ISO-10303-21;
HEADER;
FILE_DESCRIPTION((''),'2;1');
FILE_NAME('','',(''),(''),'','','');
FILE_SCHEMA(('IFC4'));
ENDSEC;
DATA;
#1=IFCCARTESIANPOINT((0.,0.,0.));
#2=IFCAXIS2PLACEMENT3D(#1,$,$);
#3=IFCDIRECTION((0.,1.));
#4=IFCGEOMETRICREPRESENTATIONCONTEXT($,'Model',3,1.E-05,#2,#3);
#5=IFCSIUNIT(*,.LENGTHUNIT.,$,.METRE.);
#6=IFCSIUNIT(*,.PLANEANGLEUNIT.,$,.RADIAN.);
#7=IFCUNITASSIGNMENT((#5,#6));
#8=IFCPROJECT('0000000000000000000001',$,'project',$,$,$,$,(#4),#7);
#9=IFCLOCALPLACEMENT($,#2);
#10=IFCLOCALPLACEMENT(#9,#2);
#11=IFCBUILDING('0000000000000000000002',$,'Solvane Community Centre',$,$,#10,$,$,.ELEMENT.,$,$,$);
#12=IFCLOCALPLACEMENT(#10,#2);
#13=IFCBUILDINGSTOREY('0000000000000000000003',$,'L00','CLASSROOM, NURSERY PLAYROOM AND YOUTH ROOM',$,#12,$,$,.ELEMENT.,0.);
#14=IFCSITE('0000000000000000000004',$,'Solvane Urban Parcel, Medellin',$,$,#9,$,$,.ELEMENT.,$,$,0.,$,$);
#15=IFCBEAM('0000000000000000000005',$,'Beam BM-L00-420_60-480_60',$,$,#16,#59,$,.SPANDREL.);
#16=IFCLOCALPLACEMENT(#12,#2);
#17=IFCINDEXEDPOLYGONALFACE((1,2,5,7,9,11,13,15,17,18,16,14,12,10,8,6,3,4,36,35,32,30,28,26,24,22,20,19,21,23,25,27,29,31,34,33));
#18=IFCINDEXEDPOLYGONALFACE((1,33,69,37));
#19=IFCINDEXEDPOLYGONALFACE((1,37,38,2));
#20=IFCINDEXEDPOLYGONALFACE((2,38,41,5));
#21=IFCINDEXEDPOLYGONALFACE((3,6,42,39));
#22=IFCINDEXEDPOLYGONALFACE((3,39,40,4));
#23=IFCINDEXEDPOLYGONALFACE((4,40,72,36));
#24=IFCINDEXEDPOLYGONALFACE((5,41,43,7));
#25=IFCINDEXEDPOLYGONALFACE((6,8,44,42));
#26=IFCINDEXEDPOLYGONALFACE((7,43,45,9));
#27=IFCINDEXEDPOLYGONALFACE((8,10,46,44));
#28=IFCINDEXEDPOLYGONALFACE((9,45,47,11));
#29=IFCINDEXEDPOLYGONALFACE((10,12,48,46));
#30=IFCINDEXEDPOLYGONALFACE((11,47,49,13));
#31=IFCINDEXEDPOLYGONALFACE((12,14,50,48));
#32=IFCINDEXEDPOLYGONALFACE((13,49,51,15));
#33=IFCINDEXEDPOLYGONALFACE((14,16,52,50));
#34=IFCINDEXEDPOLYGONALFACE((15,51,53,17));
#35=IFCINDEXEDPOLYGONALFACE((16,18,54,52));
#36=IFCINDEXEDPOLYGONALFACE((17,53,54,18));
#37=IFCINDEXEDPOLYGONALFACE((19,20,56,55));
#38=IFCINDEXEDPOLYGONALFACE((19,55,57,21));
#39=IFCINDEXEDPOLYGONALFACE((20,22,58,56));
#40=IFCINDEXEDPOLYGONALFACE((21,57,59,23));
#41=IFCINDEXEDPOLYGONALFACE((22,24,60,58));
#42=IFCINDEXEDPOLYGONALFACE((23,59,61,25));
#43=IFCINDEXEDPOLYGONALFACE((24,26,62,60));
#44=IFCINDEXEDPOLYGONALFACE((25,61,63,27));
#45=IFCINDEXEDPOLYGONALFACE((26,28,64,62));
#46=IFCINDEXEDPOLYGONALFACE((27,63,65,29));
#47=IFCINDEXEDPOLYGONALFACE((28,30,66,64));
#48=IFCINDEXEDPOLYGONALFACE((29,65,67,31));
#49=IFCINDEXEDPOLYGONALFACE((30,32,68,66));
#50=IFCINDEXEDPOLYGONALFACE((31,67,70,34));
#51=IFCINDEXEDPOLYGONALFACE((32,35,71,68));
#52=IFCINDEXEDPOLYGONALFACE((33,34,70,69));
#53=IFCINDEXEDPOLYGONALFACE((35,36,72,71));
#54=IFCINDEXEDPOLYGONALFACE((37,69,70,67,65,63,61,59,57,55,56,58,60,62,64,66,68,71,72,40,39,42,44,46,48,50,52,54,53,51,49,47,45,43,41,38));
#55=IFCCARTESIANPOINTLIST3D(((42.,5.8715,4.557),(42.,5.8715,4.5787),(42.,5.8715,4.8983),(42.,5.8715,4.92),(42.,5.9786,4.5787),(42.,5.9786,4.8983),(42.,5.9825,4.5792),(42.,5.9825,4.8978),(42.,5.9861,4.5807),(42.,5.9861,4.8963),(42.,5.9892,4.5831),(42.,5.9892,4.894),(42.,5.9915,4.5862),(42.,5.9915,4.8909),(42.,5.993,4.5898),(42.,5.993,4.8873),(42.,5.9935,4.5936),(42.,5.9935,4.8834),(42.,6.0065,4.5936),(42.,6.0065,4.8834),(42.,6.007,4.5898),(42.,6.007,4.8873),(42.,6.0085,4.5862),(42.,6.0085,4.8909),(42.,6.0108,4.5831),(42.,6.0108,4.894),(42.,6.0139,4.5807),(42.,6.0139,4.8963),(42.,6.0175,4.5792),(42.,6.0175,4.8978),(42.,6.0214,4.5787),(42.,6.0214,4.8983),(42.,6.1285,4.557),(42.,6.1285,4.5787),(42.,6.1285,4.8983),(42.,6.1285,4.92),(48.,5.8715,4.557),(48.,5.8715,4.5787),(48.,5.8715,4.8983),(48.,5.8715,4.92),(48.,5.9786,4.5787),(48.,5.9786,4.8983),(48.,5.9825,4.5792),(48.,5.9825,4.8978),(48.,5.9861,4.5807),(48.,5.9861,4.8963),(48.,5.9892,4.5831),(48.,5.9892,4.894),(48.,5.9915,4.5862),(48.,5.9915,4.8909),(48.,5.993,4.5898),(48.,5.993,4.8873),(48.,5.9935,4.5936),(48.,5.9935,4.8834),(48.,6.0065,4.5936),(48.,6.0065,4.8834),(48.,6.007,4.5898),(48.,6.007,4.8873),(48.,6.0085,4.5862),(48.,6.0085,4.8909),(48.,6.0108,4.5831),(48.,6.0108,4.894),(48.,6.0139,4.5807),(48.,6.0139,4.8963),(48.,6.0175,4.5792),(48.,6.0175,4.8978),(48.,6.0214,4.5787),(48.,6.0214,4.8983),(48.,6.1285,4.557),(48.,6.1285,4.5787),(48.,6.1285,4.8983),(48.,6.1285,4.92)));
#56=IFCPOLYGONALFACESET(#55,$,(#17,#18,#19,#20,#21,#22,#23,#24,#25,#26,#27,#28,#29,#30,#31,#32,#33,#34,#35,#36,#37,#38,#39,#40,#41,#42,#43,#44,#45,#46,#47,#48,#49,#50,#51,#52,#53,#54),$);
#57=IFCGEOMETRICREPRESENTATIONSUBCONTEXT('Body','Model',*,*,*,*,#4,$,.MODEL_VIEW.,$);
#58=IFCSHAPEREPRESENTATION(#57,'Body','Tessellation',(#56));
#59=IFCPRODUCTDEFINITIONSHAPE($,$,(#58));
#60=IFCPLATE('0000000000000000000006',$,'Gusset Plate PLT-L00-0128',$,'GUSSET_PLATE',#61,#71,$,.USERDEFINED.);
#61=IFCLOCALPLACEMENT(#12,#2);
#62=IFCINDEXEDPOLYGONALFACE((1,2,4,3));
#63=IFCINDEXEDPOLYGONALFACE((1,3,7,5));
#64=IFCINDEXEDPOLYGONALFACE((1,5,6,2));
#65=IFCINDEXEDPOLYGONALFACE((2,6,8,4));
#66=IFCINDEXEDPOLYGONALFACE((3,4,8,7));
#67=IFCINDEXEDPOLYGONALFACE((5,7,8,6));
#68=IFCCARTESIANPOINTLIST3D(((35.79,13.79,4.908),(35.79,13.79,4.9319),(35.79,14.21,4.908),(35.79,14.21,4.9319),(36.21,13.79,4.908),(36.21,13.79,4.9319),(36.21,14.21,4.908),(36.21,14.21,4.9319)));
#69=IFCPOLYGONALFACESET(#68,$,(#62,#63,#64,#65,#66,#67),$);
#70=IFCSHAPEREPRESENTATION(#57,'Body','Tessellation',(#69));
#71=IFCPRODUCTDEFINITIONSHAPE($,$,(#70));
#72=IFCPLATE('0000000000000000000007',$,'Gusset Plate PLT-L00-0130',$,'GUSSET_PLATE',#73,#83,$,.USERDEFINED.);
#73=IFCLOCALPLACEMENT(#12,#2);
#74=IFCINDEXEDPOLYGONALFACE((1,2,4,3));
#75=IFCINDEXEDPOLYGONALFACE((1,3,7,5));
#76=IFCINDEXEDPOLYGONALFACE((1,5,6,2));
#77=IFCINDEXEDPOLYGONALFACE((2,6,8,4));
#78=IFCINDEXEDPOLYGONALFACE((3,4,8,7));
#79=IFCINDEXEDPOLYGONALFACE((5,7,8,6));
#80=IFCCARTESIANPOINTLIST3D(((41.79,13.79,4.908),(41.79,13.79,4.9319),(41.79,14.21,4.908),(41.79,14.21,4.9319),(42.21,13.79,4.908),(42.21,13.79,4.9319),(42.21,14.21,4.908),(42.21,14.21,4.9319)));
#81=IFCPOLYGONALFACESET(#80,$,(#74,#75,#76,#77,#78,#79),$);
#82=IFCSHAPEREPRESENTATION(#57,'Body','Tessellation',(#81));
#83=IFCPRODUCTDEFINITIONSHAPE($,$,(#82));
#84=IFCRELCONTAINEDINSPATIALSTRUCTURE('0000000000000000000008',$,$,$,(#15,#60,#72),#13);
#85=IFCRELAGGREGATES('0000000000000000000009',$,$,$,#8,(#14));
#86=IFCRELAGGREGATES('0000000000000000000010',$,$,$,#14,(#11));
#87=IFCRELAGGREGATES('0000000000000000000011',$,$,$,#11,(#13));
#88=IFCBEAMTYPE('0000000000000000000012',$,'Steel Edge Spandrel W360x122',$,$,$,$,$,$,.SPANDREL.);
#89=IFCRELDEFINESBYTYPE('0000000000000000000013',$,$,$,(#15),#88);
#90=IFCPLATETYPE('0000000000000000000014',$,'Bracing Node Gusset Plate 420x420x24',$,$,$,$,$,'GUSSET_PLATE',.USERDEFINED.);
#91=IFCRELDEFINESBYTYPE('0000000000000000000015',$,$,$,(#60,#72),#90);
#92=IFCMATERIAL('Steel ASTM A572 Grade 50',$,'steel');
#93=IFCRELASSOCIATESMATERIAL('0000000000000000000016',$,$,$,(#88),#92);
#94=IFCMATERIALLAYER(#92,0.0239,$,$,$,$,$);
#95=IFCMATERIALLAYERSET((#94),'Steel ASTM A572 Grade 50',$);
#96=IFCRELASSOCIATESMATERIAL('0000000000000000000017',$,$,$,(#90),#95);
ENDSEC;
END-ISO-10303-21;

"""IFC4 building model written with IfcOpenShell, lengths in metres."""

from ifc_helpers import new_model, si_unit, direction, frame, origin, origin_2d, place, context, subcontext, project, spatial, rectangle, i_section, extrude, material, layer, layer_set, material_profile, profile_set, type_object, element, save


model = new_model("IFC4")

# Units and contexts
model_context = context("Model", 3, precision=1e-05, world=origin(), true_north=direction((0.0, 1.0)))
body_context = subcontext(model_context, "Body", "Model", "MODEL_VIEW")
ifc_project = project(units=[si_unit("LENGTHUNIT", "METRE"), si_unit("PLANEANGLEUNIT", "RADIAN")], contexts=[model_context])

# Site, building, storey
site_placement = place(None, origin())
site = spatial("IfcSite", under=ifc_project, at=site_placement, Name="Solvane Urban Parcel, Medellin", CompositionType="ELEMENT", RefElevation=0.0)
building_placement = place(site_placement, origin())
building = spatial("IfcBuilding", under=site, at=building_placement, Name="Solvane Community Centre", CompositionType="ELEMENT")
storey_placement = place(building_placement, origin())
storey = spatial("IfcBuildingStorey", under=building, at=storey_placement, Name="L00", Description="CLASSROOM, NURSERY PLAYROOM AND YOUTH ROOM", CompositionType="ELEMENT", Elevation=0.0)

# Beam
ifc_material_1 = material(Name="Steel ASTM A572 Grade 50", Category="steel")
ifc_material_profile_1 = material_profile(ifc_material_1, i_section(OverallWidth=0.2571, OverallDepth=0.363, WebThickness=0.0129, FlangeThickness=0.0217, FilletRadius=0.0149, at=origin_2d()), Name="W360x122")
ifc_profile_set_1 = profile_set([ifc_material_profile_1], Name="Steel ASTM A572 Grade 50")
beam_type_1 = type_object("IfcBeamType", Name="Steel Edge Spandrel W360x122", PredefinedType="SPANDREL", material=ifc_profile_set_1)
for number, where, z_axis, x_axis, name in (
    (1, (42.0, 6.0, 4.7385), (1.0, 0.0, 0.0), (0.0, 1.0, 0.0), "Beam BM-L00-420_60-480_60"),
):
    element("IfcBeam", number, at=place(storey_placement, frame(where, z_axis=z_axis, x_axis=x_axis)), inside=storey, type_object=beam_type_1, Name=name, PredefinedType="SPANDREL", context=body_context, shape_type="SweptSolid", body=[
        extrude(i_section(OverallWidth=0.2571, OverallDepth=0.363, WebThickness=0.0129, FlangeThickness=0.0217, FilletRadius=0.0149, at=origin_2d()), origin(), (0.0, 0.0, 1.0), 6.0),
    ])

# Plates
ifc_layer = layer(ifc_material_1, 0.0239)
ifc_layer_set = layer_set([ifc_layer], Name="Steel ASTM A572 Grade 50")
plate_type = type_object("IfcPlateType", Name="Bracing Node Gusset Plate 420x420x24", ElementType="GUSSET_PLATE", PredefinedType="USERDEFINED", material=ifc_layer_set)
for number, where, z_axis, x_axis, name in (
    (2, (36.0, 14.0, 4.908), (0.0, 0.0, 1.0), (1.0, 0.0, 0.0), "Gusset Plate PLT-L00-0128"),
    (3, (42.0, 14.0, 4.908), (0.0, 0.0, 1.0), (1.0, 0.0, 0.0), "Gusset Plate PLT-L00-0130"),
):
    element("IfcPlate", number, at=place(storey_placement, frame(where, z_axis=z_axis, x_axis=x_axis)), inside=storey, type_object=plate_type, Name=name, ObjectType="GUSSET_PLATE", PredefinedType="USERDEFINED", context=body_context, shape_type="SweptSolid", body=[
        extrude(rectangle(XDim=0.4199, YDim=0.4199, at=origin_2d()), origin(), (0.0, 0.0, 1.0), 0.0239),
    ])

save(model, "model.ifc")
